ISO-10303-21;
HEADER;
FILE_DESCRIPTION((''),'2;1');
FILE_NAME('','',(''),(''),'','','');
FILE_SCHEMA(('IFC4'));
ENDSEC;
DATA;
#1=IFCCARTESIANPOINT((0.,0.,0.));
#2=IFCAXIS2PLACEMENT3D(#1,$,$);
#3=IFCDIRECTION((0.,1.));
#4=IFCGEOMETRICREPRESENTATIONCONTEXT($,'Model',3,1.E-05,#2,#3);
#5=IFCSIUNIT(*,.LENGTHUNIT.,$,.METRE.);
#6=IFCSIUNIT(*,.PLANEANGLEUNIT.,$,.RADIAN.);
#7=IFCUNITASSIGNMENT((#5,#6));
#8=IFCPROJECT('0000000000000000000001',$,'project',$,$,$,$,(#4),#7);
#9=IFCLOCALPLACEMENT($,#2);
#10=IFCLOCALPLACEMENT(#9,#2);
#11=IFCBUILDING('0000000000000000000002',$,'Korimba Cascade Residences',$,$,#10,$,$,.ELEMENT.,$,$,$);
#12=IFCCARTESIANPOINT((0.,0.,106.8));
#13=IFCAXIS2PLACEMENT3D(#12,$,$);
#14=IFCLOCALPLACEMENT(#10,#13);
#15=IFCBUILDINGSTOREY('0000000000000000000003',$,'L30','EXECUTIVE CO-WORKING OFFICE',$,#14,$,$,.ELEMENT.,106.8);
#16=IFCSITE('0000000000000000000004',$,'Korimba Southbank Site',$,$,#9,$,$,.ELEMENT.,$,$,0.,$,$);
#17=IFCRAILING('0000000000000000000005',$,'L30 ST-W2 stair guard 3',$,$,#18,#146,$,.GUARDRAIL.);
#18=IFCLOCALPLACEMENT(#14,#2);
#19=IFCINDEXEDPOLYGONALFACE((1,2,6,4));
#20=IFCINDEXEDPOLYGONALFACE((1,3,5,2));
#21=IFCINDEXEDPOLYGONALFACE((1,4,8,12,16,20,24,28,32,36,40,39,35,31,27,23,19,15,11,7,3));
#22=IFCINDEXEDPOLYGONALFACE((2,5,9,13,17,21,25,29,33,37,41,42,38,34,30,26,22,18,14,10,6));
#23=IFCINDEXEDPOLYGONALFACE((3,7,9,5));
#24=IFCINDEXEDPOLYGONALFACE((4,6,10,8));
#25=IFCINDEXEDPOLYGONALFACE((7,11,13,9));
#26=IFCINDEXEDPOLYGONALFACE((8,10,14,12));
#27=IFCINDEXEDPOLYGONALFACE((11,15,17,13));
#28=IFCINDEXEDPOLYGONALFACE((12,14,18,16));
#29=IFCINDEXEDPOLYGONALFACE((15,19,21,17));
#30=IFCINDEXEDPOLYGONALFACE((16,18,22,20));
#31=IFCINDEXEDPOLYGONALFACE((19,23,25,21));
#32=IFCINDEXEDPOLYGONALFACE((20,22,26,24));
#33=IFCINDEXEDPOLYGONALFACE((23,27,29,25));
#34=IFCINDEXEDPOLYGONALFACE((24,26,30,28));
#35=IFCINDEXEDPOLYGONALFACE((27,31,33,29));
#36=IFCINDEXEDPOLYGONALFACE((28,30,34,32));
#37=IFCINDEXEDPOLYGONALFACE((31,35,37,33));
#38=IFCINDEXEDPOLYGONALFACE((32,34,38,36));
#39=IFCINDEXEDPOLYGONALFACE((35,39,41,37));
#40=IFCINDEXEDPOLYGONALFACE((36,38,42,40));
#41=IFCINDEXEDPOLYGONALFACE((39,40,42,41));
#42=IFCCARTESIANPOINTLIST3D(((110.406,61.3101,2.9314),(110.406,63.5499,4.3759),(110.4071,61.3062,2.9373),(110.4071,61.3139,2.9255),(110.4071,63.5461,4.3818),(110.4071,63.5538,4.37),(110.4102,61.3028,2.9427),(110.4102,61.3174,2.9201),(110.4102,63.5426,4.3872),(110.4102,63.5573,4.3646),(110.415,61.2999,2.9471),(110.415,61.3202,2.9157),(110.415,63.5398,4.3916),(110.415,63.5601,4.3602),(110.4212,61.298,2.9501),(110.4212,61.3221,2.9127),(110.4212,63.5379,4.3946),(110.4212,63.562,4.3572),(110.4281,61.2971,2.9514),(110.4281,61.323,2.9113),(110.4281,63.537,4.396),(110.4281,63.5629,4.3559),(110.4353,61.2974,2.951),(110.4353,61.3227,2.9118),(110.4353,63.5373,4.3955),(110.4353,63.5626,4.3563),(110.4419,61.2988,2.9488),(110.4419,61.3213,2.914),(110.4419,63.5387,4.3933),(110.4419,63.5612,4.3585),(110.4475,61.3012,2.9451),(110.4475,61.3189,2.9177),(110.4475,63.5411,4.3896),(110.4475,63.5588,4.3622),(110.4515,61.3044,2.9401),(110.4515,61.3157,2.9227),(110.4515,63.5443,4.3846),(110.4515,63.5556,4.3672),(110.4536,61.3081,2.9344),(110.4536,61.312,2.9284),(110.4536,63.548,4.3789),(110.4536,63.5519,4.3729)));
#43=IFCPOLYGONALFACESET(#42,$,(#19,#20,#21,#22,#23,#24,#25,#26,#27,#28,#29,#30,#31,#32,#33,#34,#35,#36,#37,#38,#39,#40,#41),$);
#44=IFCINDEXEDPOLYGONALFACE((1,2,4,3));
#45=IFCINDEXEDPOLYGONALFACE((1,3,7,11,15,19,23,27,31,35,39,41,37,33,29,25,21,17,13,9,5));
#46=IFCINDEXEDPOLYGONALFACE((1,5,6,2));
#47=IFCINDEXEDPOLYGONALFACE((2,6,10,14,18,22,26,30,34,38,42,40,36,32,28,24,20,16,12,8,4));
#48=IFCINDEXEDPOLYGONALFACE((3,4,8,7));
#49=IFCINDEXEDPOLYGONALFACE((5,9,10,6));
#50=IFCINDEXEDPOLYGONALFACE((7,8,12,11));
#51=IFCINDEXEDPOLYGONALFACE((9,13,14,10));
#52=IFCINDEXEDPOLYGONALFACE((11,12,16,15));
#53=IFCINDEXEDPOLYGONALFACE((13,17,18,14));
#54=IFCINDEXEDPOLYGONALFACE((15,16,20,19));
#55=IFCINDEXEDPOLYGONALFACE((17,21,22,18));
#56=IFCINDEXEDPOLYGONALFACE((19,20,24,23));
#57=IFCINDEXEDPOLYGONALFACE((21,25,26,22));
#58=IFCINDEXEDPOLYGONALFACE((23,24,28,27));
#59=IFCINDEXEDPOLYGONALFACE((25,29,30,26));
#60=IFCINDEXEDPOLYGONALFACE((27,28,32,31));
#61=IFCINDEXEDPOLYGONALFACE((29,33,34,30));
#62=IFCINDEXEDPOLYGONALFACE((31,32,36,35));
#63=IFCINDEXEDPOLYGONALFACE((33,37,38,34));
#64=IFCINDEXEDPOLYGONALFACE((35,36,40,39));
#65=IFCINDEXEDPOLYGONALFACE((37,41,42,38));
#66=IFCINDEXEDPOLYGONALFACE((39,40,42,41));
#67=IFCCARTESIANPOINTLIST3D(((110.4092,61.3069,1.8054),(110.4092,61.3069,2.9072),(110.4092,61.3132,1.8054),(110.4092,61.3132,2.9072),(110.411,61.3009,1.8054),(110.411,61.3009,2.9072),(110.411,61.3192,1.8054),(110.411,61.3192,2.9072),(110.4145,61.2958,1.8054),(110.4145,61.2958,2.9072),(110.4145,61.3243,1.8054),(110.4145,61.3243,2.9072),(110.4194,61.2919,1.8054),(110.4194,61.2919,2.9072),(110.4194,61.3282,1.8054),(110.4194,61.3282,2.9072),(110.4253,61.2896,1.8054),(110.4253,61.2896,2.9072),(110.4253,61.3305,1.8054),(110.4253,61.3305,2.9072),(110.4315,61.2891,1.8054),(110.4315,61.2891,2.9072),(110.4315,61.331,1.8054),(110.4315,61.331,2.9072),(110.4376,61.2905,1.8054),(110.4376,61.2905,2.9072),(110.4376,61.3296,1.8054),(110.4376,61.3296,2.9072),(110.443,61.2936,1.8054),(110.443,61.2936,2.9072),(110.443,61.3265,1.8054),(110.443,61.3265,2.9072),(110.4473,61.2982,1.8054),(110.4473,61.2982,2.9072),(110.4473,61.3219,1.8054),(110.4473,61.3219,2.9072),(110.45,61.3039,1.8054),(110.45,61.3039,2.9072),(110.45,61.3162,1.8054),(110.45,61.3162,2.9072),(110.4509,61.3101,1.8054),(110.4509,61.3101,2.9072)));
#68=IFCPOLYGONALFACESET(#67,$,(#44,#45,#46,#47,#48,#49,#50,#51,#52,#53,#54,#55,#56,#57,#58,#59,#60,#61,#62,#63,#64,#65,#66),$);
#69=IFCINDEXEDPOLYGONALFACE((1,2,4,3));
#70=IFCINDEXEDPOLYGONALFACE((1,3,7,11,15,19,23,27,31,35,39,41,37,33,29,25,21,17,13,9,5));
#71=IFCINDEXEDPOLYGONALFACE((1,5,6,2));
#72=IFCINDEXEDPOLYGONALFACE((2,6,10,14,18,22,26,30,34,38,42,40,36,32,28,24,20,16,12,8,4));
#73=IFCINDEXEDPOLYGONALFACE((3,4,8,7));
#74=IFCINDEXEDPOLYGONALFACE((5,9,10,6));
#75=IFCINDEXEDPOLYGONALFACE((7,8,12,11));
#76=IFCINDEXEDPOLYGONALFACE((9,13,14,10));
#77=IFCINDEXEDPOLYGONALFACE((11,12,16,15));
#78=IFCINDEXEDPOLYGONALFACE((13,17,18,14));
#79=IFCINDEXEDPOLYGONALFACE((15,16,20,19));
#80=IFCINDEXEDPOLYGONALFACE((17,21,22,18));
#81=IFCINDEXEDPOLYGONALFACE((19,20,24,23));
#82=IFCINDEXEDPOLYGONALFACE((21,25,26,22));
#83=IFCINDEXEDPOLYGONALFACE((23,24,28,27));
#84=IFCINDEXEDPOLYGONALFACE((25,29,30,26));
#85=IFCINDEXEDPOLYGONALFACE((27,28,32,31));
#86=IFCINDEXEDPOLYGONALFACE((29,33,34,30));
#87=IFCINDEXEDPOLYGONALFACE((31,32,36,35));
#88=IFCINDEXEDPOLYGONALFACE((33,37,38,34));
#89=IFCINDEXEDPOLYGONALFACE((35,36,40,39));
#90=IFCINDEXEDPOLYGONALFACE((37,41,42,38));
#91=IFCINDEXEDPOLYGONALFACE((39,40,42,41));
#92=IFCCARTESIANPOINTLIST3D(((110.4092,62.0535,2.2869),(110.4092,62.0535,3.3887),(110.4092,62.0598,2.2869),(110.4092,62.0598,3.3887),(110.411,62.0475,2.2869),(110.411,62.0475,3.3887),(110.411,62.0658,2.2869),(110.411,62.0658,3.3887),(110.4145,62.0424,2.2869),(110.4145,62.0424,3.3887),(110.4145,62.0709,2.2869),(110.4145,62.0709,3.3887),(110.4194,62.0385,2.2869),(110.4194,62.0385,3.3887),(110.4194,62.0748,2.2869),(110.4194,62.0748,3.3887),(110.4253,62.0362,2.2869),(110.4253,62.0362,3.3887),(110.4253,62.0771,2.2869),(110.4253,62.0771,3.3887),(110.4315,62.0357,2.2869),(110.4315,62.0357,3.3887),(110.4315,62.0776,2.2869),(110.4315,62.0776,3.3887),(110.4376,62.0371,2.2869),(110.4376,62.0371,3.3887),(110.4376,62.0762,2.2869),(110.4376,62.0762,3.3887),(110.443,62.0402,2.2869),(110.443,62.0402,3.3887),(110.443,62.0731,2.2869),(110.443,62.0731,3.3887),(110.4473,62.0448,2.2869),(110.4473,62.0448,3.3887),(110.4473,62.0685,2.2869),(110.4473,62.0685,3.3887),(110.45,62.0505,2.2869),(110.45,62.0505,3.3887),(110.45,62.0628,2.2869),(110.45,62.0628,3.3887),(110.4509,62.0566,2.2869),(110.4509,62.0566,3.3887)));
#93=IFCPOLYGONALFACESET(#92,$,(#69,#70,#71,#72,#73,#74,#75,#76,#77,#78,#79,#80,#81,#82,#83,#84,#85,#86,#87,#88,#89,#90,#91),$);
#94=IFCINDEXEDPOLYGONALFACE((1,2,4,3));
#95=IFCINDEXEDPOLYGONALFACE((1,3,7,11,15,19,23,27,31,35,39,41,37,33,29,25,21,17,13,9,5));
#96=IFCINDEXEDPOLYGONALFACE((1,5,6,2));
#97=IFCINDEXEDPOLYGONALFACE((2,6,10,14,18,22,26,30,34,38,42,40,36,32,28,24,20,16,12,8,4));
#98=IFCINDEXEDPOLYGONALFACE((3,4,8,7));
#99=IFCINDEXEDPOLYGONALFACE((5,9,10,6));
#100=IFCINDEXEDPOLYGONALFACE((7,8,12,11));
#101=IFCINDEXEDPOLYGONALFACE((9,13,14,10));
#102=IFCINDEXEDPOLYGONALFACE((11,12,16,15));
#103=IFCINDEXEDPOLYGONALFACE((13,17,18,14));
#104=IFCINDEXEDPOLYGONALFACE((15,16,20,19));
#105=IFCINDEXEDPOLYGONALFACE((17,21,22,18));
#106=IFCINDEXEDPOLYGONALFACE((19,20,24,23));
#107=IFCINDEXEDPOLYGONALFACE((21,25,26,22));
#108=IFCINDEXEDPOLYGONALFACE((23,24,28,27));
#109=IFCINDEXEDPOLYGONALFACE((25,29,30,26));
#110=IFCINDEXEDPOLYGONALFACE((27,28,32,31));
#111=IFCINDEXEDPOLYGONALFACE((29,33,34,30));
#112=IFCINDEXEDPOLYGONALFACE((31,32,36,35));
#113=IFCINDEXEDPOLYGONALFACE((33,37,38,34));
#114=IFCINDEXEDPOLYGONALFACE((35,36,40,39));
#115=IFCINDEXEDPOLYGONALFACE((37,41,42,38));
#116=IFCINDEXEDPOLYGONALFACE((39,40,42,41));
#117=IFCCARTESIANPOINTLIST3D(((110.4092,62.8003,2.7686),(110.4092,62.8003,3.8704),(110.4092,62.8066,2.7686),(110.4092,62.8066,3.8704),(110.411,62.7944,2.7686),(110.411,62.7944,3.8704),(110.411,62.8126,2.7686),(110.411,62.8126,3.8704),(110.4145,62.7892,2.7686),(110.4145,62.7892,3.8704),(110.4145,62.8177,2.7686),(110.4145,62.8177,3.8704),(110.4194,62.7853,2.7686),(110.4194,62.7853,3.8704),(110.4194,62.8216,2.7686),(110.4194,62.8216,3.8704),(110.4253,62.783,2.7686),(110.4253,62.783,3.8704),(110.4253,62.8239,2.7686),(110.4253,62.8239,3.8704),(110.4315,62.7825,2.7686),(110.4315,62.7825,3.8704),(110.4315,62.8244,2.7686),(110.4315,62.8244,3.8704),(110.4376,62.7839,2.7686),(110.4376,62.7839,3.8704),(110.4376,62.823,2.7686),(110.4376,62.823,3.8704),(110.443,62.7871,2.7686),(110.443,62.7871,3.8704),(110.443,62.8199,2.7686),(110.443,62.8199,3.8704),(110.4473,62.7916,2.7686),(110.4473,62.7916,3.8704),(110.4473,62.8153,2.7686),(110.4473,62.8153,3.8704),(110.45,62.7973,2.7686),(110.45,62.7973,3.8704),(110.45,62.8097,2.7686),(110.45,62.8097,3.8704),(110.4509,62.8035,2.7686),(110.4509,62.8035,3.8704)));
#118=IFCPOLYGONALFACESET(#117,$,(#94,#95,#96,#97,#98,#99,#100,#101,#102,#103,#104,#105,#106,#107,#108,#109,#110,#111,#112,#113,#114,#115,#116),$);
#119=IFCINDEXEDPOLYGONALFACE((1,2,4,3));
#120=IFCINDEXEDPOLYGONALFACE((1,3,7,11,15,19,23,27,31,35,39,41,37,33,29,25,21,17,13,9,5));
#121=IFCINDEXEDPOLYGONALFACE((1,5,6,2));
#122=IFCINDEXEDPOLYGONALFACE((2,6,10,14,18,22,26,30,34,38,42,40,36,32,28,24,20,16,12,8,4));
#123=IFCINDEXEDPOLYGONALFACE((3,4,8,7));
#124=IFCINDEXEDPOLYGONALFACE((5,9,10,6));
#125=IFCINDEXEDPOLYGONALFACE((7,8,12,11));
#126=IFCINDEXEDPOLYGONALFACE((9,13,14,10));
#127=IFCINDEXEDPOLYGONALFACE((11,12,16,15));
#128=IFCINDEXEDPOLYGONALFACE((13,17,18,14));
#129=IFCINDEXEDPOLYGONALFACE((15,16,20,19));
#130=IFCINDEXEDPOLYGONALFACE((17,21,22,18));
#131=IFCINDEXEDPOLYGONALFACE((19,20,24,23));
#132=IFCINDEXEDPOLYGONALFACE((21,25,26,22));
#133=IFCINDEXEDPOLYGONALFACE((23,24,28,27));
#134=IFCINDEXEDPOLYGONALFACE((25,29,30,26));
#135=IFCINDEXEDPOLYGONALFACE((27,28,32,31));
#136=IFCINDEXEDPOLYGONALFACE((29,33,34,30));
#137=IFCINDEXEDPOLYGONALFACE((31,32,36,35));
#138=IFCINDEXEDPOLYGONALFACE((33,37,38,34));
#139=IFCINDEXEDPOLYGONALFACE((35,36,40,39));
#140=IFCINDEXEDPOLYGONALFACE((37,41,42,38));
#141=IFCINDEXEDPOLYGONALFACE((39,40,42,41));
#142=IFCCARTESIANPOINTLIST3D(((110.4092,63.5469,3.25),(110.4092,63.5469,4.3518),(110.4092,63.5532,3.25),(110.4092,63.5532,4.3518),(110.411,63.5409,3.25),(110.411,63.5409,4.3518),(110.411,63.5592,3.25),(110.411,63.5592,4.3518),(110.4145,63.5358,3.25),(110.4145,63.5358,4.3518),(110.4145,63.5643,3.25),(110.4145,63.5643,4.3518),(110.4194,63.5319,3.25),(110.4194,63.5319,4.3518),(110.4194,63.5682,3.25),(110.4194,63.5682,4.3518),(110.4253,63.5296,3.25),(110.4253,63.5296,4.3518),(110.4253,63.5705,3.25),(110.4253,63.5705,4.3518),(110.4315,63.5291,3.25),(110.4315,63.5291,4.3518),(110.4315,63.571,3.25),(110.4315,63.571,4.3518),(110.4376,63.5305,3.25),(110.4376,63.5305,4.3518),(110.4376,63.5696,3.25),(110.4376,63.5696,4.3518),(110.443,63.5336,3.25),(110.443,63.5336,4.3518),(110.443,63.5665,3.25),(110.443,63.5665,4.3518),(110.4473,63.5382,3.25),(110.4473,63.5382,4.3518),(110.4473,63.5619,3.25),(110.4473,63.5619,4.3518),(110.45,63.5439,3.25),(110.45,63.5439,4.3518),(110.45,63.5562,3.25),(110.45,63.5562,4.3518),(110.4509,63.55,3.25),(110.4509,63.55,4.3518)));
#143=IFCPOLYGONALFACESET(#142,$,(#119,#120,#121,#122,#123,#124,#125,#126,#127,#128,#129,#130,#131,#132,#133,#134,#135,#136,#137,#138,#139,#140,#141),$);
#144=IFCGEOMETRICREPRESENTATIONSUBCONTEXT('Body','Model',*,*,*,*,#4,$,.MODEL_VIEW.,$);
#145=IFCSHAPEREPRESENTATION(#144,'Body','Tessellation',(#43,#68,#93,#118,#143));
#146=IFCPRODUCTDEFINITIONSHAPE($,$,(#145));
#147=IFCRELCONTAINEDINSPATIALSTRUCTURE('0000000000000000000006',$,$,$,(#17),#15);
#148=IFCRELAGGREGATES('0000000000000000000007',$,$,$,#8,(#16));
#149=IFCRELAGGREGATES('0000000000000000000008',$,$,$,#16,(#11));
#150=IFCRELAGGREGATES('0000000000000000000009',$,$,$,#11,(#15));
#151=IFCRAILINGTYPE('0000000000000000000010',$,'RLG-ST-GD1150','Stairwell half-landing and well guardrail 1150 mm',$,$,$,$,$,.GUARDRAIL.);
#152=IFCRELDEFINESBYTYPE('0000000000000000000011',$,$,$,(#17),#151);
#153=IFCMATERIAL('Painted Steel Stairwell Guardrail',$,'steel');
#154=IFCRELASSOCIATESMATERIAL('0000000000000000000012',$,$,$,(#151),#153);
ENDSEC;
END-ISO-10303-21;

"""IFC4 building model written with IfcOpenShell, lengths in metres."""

from ifc_helpers import new_model, si_unit, direction, frame, origin, origin_2d, place, context, subcontext, project, spatial, circle, extrude, material, type_object, element, save


model = new_model("IFC4")

# Units and contexts
model_context = context("Model", 3, precision=1e-05, world=origin(), true_north=direction((0.0, 1.0)))
body_context = subcontext(model_context, "Body", "Model", "MODEL_VIEW")
ifc_project = project(units=[si_unit("LENGTHUNIT", "METRE"), si_unit("PLANEANGLEUNIT", "RADIAN")], contexts=[model_context])

# Site, building, storey
site_placement = place(None, origin())
site = spatial("IfcSite", under=ifc_project, at=site_placement, Name="Korimba Southbank Site", CompositionType="ELEMENT", RefElevation=0.0)
building_placement = place(site_placement, origin())
building = spatial("IfcBuilding", under=site, at=building_placement, Name="Korimba Cascade Residences", CompositionType="ELEMENT")
storey_placement = place(building_placement, frame((0.0, 0.0, 106.8)))
storey = spatial("IfcBuildingStorey", under=building, at=storey_placement, Name="L30", Description="EXECUTIVE CO-WORKING OFFICE", CompositionType="ELEMENT", Elevation=106.8)

# Railing
ifc_material_1 = material(Name="Painted Steel Stairwell Guardrail", Category="steel")
railing_type_1 = type_object("IfcRailingType", Name="RLG-ST-GD1150", Description="Stairwell half-landing and well guardrail 1150 mm", PredefinedType="GUARDRAIL", material=ifc_material_1)
railing_1_placement = place(storey_placement, frame((110.4299, 61.3101, 1.8054)))
element("IfcRailing", 1, at=railing_1_placement, inside=storey, type_object=railing_type_1, Name="L30 ST-W2 stair guard 3", PredefinedType="GUARDRAIL", context=body_context, shape_type="SweptSolid", body=[
    extrude(circle(Radius=0.0239, at=origin_2d()), frame((0.0, 0.0, 1.126), z_axis=(0.0, 0.840395, 0.541975), x_axis=(-1.0, 0.0, 0.0)), (0.0, 0.0, 1.0), 2.6653),
    extrude(circle(Radius=0.021, at=origin_2d()), origin(), (0.0, 0.0, 1.0), 1.1018),
    extrude(circle(Radius=0.021, at=origin_2d()), frame((0.0, 0.7466, 0.4814)), (0.0, 0.0, 1.0), 1.1018),
    extrude(circle(Radius=0.021, at=origin_2d()), frame((0.0, 1.4934, 0.9631)), (0.0, 0.0, 1.0), 1.1018),
    extrude(circle(Radius=0.021, at=origin_2d()), frame((0.0, 2.24, 1.4446)), (0.0, 0.0, 1.0), 1.1018),
])

save(model, "model.ifc")
